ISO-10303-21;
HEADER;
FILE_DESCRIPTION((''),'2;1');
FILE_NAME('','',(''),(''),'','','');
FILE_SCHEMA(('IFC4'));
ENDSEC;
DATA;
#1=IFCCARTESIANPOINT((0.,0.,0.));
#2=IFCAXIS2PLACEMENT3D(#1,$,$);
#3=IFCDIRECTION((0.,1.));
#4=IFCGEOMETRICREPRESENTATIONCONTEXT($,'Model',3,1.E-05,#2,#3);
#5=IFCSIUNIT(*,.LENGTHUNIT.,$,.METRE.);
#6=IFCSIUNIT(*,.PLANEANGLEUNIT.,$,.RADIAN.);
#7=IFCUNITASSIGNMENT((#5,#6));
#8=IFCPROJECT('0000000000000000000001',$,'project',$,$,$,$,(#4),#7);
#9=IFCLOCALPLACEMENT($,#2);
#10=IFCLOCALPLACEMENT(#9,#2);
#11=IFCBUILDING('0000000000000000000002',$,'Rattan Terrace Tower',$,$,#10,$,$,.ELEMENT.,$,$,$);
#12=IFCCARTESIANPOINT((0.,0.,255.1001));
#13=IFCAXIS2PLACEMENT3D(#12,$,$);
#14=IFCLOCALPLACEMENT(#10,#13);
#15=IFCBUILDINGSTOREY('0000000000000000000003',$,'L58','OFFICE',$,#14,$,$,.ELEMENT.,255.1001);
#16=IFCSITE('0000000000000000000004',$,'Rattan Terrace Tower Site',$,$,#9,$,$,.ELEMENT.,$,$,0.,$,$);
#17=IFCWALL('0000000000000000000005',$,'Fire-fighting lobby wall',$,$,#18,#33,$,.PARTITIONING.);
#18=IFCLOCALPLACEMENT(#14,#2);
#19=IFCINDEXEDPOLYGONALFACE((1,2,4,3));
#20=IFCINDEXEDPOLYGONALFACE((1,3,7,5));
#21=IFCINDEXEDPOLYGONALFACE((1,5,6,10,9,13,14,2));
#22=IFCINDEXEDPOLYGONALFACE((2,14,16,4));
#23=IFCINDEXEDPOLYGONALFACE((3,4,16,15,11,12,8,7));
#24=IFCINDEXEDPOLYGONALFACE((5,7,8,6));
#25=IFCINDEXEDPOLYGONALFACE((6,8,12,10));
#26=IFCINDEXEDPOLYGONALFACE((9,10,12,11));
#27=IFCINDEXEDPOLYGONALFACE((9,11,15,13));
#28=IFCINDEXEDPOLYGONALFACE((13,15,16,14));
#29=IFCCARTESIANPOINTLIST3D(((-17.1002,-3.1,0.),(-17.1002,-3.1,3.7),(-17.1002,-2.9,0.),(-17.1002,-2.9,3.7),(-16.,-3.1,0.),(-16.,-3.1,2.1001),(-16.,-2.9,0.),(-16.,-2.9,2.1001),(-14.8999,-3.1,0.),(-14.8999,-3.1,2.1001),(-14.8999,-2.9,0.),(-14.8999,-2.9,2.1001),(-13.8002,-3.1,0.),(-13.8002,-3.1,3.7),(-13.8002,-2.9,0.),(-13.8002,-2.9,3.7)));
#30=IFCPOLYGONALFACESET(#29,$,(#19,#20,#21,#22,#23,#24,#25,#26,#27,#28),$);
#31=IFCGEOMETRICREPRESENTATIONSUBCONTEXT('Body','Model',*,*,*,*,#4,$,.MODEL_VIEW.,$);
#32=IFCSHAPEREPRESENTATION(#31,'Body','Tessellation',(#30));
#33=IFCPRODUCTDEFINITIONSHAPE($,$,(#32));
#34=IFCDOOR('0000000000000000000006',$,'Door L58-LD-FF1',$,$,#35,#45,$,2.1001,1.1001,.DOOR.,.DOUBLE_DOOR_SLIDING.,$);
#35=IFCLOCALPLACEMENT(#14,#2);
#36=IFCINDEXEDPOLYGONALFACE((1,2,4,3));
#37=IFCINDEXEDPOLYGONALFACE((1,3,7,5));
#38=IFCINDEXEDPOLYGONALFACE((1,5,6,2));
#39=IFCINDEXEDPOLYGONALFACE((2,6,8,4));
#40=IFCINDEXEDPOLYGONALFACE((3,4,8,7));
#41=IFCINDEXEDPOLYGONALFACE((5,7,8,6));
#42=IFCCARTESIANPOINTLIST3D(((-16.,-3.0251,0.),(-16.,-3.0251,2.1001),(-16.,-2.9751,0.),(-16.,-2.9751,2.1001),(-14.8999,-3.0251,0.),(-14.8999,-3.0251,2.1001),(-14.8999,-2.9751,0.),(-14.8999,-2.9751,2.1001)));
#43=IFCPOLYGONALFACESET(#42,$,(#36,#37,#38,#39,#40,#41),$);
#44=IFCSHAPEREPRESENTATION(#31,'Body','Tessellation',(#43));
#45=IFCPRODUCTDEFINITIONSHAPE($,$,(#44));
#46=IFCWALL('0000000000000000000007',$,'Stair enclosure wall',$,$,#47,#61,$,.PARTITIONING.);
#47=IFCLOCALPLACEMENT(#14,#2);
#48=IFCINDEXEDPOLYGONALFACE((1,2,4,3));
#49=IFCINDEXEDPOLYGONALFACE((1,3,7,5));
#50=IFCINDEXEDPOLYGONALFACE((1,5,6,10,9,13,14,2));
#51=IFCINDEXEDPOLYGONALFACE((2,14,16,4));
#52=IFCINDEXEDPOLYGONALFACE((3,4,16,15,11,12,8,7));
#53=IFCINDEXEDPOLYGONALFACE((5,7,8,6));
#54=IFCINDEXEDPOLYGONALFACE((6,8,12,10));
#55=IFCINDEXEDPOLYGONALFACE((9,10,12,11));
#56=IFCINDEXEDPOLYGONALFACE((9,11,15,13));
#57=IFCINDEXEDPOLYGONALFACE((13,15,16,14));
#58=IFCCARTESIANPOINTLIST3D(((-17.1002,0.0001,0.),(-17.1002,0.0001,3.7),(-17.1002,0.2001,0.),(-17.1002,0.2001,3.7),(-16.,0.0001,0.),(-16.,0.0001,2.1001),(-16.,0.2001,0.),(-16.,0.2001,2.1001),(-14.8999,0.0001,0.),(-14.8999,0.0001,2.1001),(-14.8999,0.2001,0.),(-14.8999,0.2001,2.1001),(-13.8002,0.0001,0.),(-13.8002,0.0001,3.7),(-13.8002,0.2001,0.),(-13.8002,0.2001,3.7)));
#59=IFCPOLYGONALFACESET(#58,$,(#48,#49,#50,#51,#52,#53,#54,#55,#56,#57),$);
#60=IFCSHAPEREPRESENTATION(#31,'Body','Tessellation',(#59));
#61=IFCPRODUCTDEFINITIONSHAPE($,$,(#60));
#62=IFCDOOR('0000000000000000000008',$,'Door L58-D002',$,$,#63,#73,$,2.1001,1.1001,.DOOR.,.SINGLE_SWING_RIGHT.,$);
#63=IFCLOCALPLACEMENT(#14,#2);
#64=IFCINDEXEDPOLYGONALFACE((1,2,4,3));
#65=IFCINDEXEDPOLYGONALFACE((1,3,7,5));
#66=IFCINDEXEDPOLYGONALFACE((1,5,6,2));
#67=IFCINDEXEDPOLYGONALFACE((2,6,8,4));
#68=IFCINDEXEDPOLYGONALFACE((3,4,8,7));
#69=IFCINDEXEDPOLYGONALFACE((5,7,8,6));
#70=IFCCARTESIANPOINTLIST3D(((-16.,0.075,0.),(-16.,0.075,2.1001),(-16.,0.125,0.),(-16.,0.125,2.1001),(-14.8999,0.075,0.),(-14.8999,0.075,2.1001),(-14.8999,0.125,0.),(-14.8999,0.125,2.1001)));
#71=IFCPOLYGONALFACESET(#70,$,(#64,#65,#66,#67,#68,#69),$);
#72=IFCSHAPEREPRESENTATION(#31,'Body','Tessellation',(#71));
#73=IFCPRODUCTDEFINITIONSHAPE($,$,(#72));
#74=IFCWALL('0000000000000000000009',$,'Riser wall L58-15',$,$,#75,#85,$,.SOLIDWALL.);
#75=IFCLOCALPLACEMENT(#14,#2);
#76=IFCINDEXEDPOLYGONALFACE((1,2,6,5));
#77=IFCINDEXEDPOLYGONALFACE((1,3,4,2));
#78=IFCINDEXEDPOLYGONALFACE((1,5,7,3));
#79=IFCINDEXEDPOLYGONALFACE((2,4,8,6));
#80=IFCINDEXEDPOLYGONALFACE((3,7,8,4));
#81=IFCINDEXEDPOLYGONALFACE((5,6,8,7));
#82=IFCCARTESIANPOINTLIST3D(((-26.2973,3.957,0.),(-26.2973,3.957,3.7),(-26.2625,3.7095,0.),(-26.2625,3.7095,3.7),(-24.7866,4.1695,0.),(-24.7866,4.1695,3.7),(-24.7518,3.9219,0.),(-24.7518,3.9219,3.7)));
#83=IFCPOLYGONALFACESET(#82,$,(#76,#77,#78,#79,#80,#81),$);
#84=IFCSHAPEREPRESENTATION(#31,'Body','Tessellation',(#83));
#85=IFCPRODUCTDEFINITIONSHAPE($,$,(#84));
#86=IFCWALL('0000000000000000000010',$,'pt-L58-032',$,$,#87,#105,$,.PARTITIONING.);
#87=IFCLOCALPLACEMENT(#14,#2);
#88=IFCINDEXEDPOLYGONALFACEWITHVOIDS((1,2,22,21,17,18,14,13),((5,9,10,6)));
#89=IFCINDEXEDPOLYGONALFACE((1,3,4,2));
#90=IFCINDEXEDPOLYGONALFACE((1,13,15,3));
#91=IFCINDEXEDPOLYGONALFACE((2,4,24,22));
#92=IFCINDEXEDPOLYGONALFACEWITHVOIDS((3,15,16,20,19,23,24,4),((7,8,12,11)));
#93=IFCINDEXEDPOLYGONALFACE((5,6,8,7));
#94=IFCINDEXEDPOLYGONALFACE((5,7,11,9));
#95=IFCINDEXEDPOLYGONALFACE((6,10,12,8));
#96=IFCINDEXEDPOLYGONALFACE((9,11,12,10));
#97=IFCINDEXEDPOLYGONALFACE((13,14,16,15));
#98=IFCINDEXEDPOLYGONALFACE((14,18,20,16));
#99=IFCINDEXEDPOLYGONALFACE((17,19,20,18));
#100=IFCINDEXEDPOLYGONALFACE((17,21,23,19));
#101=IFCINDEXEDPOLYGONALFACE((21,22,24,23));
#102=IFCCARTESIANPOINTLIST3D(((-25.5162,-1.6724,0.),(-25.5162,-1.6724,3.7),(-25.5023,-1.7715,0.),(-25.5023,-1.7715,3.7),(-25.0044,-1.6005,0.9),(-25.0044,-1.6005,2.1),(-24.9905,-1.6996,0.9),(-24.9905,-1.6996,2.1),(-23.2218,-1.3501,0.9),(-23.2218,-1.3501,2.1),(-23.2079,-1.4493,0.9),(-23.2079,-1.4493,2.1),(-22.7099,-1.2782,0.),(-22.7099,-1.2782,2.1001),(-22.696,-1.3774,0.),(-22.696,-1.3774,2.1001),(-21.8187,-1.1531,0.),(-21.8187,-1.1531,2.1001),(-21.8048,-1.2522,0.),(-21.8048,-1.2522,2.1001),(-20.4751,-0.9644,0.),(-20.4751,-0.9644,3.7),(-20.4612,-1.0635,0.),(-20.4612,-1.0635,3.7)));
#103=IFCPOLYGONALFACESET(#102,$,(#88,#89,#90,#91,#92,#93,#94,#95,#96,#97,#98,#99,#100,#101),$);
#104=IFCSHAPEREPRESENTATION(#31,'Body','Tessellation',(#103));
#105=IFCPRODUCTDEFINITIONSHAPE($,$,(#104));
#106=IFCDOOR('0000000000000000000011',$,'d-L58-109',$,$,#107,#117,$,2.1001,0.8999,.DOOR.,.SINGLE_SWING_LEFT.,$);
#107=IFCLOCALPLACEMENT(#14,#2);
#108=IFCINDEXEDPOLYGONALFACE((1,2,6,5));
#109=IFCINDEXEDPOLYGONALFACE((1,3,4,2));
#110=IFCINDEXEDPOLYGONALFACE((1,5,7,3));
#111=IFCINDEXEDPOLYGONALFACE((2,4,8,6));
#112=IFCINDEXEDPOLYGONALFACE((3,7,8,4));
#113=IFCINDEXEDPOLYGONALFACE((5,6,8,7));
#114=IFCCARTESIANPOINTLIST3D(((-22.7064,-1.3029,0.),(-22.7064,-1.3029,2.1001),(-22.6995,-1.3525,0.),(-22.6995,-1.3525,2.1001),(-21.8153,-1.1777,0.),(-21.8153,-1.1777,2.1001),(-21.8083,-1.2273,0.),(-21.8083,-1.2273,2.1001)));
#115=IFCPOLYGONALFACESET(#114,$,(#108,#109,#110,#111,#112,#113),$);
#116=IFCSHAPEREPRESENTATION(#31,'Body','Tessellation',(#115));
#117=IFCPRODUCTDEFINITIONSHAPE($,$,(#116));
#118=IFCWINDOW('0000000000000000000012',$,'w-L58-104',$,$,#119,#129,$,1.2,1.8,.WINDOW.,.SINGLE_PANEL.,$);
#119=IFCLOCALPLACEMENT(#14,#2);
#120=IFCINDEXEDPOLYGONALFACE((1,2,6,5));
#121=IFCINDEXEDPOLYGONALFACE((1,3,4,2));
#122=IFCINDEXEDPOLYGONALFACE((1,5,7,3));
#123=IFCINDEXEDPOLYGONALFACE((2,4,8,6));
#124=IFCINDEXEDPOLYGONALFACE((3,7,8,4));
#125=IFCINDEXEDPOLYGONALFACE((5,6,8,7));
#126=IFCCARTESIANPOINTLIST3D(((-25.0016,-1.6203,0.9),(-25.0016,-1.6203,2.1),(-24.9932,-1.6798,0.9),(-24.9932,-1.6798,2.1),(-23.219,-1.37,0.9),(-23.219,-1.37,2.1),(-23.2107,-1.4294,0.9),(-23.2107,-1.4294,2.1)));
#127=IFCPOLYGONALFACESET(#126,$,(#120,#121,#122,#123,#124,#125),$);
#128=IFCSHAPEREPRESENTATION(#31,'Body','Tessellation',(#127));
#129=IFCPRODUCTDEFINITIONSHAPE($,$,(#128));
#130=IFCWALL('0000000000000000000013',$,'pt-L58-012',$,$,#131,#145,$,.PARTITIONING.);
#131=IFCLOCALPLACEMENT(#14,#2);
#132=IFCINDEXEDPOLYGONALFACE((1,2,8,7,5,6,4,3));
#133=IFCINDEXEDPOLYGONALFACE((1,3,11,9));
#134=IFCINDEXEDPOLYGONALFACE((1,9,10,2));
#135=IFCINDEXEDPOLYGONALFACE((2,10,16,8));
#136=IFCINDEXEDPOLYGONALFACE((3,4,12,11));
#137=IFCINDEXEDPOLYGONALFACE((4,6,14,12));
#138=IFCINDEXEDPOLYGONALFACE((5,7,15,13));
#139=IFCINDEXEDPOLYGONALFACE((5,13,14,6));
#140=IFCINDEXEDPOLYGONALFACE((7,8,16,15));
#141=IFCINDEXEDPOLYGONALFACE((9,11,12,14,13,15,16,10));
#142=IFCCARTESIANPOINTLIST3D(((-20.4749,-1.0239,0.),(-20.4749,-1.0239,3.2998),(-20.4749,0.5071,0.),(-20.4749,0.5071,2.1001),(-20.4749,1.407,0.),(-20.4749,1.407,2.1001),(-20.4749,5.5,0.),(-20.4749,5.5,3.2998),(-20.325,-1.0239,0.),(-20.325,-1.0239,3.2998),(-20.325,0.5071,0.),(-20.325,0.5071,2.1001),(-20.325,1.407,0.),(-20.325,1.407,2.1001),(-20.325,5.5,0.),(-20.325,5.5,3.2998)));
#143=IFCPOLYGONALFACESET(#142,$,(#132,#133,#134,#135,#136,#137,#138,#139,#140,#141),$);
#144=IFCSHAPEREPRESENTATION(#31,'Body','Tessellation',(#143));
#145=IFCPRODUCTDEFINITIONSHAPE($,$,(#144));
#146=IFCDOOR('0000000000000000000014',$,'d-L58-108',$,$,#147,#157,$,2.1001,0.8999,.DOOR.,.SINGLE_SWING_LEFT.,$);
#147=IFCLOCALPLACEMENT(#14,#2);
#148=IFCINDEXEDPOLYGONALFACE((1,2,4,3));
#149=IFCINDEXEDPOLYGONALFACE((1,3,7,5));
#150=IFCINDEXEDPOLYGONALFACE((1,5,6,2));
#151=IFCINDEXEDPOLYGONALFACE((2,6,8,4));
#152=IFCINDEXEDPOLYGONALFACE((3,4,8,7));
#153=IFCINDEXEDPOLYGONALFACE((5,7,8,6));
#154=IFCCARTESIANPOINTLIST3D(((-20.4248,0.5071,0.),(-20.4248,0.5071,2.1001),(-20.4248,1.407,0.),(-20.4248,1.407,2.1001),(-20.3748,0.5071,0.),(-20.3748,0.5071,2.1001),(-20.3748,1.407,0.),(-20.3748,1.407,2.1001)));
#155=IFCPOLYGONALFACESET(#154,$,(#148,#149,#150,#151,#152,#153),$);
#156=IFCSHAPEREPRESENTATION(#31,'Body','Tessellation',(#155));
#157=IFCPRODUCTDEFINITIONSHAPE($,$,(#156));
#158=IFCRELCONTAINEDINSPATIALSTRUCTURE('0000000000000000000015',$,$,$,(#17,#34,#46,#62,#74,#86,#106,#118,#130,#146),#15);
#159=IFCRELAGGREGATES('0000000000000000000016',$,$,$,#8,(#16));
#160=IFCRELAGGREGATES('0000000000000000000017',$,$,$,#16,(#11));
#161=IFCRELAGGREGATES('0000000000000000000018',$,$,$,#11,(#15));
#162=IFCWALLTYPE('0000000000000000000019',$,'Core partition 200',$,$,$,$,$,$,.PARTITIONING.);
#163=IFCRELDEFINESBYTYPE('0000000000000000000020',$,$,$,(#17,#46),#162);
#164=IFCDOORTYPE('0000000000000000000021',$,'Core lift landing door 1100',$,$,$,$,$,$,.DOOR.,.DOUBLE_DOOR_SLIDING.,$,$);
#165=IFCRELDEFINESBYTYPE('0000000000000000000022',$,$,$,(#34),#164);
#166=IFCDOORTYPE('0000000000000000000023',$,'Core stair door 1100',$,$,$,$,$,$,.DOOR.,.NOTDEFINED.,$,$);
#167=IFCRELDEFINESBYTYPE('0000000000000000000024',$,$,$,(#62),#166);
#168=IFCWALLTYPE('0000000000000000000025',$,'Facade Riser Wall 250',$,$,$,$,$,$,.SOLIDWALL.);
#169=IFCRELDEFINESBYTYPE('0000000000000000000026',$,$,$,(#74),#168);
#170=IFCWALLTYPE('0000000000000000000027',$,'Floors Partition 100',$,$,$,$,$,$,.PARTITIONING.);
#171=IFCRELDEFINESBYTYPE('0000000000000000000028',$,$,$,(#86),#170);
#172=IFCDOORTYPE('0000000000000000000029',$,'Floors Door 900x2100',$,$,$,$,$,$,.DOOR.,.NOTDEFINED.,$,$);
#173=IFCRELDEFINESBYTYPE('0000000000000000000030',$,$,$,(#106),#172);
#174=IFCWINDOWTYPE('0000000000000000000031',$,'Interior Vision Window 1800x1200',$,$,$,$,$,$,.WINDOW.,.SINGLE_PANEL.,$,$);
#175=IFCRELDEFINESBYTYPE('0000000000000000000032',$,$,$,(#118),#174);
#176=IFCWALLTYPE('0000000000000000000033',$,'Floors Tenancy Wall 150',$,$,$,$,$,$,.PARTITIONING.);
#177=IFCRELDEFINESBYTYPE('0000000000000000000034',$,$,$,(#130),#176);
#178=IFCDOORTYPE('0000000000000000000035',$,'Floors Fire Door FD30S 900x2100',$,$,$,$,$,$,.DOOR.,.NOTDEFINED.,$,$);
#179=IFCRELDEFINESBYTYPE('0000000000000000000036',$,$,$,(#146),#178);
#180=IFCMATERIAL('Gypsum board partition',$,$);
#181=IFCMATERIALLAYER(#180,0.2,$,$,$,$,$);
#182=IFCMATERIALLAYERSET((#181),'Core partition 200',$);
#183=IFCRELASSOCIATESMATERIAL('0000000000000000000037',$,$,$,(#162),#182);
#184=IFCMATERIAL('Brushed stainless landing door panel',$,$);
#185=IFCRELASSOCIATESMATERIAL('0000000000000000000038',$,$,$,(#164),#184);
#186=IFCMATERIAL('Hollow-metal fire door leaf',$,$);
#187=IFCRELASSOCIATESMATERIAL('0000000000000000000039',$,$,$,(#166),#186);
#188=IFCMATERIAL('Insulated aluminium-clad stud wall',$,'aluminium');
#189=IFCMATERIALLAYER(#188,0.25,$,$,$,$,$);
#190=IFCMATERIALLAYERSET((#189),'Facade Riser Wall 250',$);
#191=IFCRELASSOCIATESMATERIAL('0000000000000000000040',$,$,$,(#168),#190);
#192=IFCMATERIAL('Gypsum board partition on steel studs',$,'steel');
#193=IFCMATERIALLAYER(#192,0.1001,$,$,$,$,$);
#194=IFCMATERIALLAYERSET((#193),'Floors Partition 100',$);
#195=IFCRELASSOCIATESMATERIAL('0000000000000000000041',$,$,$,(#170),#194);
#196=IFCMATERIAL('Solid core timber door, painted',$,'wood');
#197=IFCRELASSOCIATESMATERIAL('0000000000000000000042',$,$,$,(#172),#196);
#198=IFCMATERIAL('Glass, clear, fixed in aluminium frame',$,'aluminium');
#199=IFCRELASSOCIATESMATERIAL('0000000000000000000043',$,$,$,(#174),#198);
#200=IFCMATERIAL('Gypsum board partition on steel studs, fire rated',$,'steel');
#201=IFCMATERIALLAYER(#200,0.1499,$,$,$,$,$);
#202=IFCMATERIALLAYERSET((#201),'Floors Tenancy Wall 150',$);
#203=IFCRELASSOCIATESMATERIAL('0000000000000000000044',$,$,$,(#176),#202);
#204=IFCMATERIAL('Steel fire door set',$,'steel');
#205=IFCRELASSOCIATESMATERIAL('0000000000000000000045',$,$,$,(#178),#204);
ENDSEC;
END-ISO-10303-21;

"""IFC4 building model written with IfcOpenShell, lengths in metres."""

from ifc_helpers import new_model, si_unit, direction, frame, frame_2d, origin, place, context, subcontext, project, spatial, rectangle, extrude, material, layer, layer_set, type_object, element, fill, save


model = new_model("IFC4")

# Units and contexts
model_context = context("Model", 3, precision=1e-05, world=origin(), true_north=direction((0.0, 1.0)))
body_context = subcontext(model_context, "Body", "Model", "MODEL_VIEW")
ifc_project = project(units=[si_unit("LENGTHUNIT", "METRE"), si_unit("PLANEANGLEUNIT", "RADIAN")], contexts=[model_context])

# Site, building, storey
site_placement = place(None, origin())
site = spatial("IfcSite", under=ifc_project, at=site_placement, Name="Rattan Terrace Tower Site", CompositionType="ELEMENT", RefElevation=0.0)
building_placement = place(site_placement, origin())
building = spatial("IfcBuilding", under=site, at=building_placement, Name="Rattan Terrace Tower", CompositionType="ELEMENT")
storey_placement = place(building_placement, frame((0.0, 0.0, 255.1001)))
storey = spatial("IfcBuildingStorey", under=building, at=storey_placement, Name="L58", Description="OFFICE", CompositionType="ELEMENT", Elevation=255.1001)

# Walls, openings, doors
ifc_material_1 = material(Name="Gypsum board partition")
ifc_layer_1 = layer(ifc_material_1, 0.2)
ifc_layer_set_1 = layer_set([ifc_layer_1], Name="Core partition 200")
wall_type_1 = type_object("IfcWallType", Name="Core partition 200", PredefinedType="PARTITIONING", material=ifc_layer_set_1)
wall_1_placement = place(storey_placement, frame((-17.1001, -3.0, 0.0), z_axis=(0.0, 0.0, 1.0), x_axis=(1.0, 0.0, 0.0)))
wall_1 = element("IfcWall", 1, at=wall_1_placement, inside=storey, type_object=wall_type_1, Name="Fire-fighting lobby wall", PredefinedType="PARTITIONING", context=body_context, shape_type="SweptSolid", body=[
    extrude(rectangle(XDim=3.3, YDim=0.2, at=frame_2d((1.6499, 0.0))), origin(), (0.0, 0.0, 1.0), 3.7),
])
opening_1_placement = place(wall_1_placement, frame((1.1001, 0.0, 0.0)))
opening_1 = element("IfcOpeningElement", 2, at=opening_1_placement, cuts=wall_1, PredefinedType="OPENING", context=body_context, shape_type="SweptSolid", body=[
    extrude(rectangle(XDim=1.1001, YDim=2.1001, at=frame_2d((0.55, 1.05))), frame((0.0, 0.1106, 0.0), z_axis=(0.0, -1.0, 0.0), x_axis=(1.0, 0.0, 0.0)), (0.0, 0.0, 1.0), 0.2209),
])
ifc_material_2 = material(Name="Brushed stainless landing door panel")
door_type_1 = type_object("IfcDoorType", Name="Core lift landing door 1100", OperationType="DOUBLE_DOOR_SLIDING", PredefinedType="DOOR", material=ifc_material_2)
door_1_placement = place(opening_1_placement, origin())
door_1 = element("IfcDoor", 3, at=door_1_placement, inside=storey, type_object=door_type_1, Name="Door L58-LD-FF1", OperationType="DOUBLE_DOOR_SLIDING", OverallHeight=2.1001, OverallWidth=1.1001, PredefinedType="DOOR", context=body_context, shape_type="SweptSolid", body=[
    extrude(rectangle(XDim=1.1001, YDim=2.1001, at=frame_2d((0.55, 1.05))), frame((0.0, 0.0249, 0.0), z_axis=(0.0, -1.0, 0.0), x_axis=(1.0, 0.0, 0.0)), (0.0, 0.0, 1.0), 0.05),
])
fill(opening_1, door_1)
wall_2_placement = place(storey_placement, frame((-17.1001, 0.1001, 0.0), z_axis=(0.0, 0.0, 1.0), x_axis=(1.0, 0.0, 0.0)))
wall_2 = element("IfcWall", 4, at=wall_2_placement, inside=storey, type_object=wall_type_1, Name="Stair enclosure wall", PredefinedType="PARTITIONING", context=body_context, shape_type="SweptSolid", body=[
    extrude(rectangle(XDim=3.3, YDim=0.2, at=frame_2d((1.6499, 0.0))), origin(), (0.0, 0.0, 1.0), 3.7),
])
opening_2_placement = place(wall_2_placement, frame((1.1001, 0.0, 0.0)))
opening_2 = element("IfcOpeningElement", 5, at=opening_2_placement, cuts=wall_2, PredefinedType="OPENING", context=body_context, shape_type="SweptSolid", body=[
    extrude(rectangle(XDim=1.1001, YDim=2.1001, at=frame_2d((0.55, 1.05))), frame((0.0, 0.1106, 0.0), z_axis=(0.0, -1.0, 0.0), x_axis=(1.0, 0.0, 0.0)), (0.0, 0.0, 1.0), 0.2209),
])
ifc_material_3 = material(Name="Hollow-metal fire door leaf")
door_type_2 = type_object("IfcDoorType", Name="Core stair door 1100", OperationType="NOTDEFINED", PredefinedType="DOOR", material=ifc_material_3)
door_2_placement = place(opening_2_placement, origin())
door_2 = element("IfcDoor", 6, at=door_2_placement, inside=storey, type_object=door_type_2, Name="Door L58-D002", OperationType="SINGLE_SWING_RIGHT", OverallHeight=2.1001, OverallWidth=1.1001, PredefinedType="DOOR", context=body_context, shape_type="SweptSolid", body=[
    extrude(rectangle(XDim=1.1001, YDim=2.1001, at=frame_2d((0.55, 1.05))), frame((0.0, 0.0249, 0.0), z_axis=(0.0, -1.0, 0.0), x_axis=(1.0, 0.0, 0.0)), (0.0, 0.0, 1.0), 0.05),
])
fill(opening_2, door_2)

# Wall
ifc_material_4 = material(Name="Insulated aluminium-clad stud wall", Category="aluminium")
ifc_layer_2 = layer(ifc_material_4, 0.25)
ifc_layer_set_2 = layer_set([ifc_layer_2], Name="Facade Riser Wall 250")
wall_type_2 = type_object("IfcWallType", Name="Facade Riser Wall 250", PredefinedType="SOLIDWALL", material=ifc_layer_set_2)
wall_3_placement = place(storey_placement, frame((-24.7693, 4.0457, 0.0), z_axis=(0.0, 0.0, 1.0), x_axis=(-0.990261, -0.139225, 0.0)))
element("IfcWall", 7, at=wall_3_placement, inside=storey, type_object=wall_type_2, Name="Riser wall L58-15", PredefinedType="SOLIDWALL", context=body_context, shape_type="SweptSolid", body=[
    extrude(rectangle(XDim=1.5256, YDim=0.25, at=frame_2d((0.7627, 0.0))), origin(), (0.0, 0.0, 1.0), 3.7),
])

# Wall, openings, door, window
ifc_material_5 = material(Name="Gypsum board partition on steel studs", Category="steel")
ifc_layer_3 = layer(ifc_material_5, 0.1001)
ifc_layer_set_3 = layer_set([ifc_layer_3], Name="Floors Partition 100")
wall_type_3 = type_object("IfcWallType", Name="Floors Partition 100", PredefinedType="PARTITIONING", material=ifc_layer_set_3)
wall_4_placement = place(storey_placement, frame((-20.468, -1.0139, 0.0), z_axis=(0.0, 0.0, 1.0), x_axis=(-0.990281, -0.139084, 0.0)))
wall_4 = element("IfcWall", 8, at=wall_4_placement, inside=storey, type_object=wall_type_3, Name="pt-L58-032", PredefinedType="PARTITIONING", context=body_context, shape_type="SweptSolid", body=[
    extrude(rectangle(XDim=5.0906, YDim=0.1001, at=frame_2d((2.5454, 0.0))), origin(), (0.0, 0.0, 1.0), 3.7),
])
opening_3_placement = place(wall_4_placement, frame((1.3569, 0.0, 0.0)))
opening_3 = element("IfcOpeningElement", 9, at=opening_3_placement, cuts=wall_4, PredefinedType="OPENING", context=body_context, shape_type="SweptSolid", body=[
    extrude(rectangle(XDim=0.8999, YDim=2.1001, at=frame_2d((0.45, 1.05))), frame((0.0, 0.0605, 0.0), z_axis=(0.0, -1.0, 0.0), x_axis=(1.0, 0.0, 0.0)), (0.0, 0.0, 1.0), 0.1211),
])
opening_4_placement = place(wall_4_placement, frame((2.7739, 0.0, 0.8999)))
opening_4 = element("IfcOpeningElement", 10, at=opening_4_placement, cuts=wall_4, PredefinedType="OPENING", context=body_context, shape_type="SweptSolid", body=[
    extrude(rectangle(XDim=1.8, YDim=1.2, at=frame_2d((0.8999, 0.6001))), frame((0.0, 0.0605, 0.0), z_axis=(0.0, -1.0, 0.0), x_axis=(1.0, 0.0, 0.0)), (0.0, 0.0, 1.0), 0.1211),
])
ifc_material_6 = material(Name="Solid core timber door, painted", Category="wood")
door_type_3 = type_object("IfcDoorType", Name="Floors Door 900x2100", OperationType="NOTDEFINED", PredefinedType="DOOR", material=ifc_material_6)
door_3_placement = place(opening_3_placement, origin())
door_3 = element("IfcDoor", 11, at=door_3_placement, inside=storey, type_object=door_type_3, Name="d-L58-109", OperationType="SINGLE_SWING_LEFT", OverallHeight=2.1001, OverallWidth=0.8999, PredefinedType="DOOR", context=body_context, shape_type="SweptSolid", body=[
    extrude(rectangle(XDim=0.8999, YDim=2.1001, at=frame_2d((0.45, 1.05))), frame((0.0, 0.0249, 0.0), z_axis=(0.0, -1.0, 0.0), x_axis=(1.0, 0.0, 0.0)), (0.0, 0.0, 1.0), 0.05),
])
fill(opening_3, door_3)
ifc_material_7 = material(Name="Glass, clear, fixed in aluminium frame", Category="aluminium")
window_type = type_object("IfcWindowType", Name="Interior Vision Window 1800x1200", PartitioningType="SINGLE_PANEL", PredefinedType="WINDOW", material=ifc_material_7)
window_placement = place(opening_4_placement, origin())
window = element("IfcWindow", 12, at=window_placement, inside=storey, type_object=window_type, Name="w-L58-104", OverallHeight=1.2, OverallWidth=1.8, PartitioningType="SINGLE_PANEL", PredefinedType="WINDOW", context=body_context, shape_type="SweptSolid", body=[
    extrude(rectangle(XDim=1.8, YDim=1.2, at=frame_2d((0.8999, 0.6001))), frame((0.0, 0.03, 0.0), z_axis=(0.0, -1.0, 0.0), x_axis=(1.0, 0.0, 0.0)), (0.0, 0.0, 1.0), 0.0601),
])
fill(opening_4, window)

# Wall, opening, door
ifc_material_8 = material(Name="Gypsum board partition on steel studs, fire rated", Category="steel")
ifc_layer_4 = layer(ifc_material_8, 0.1499)
ifc_layer_set_4 = layer_set([ifc_layer_4], Name="Floors Tenancy Wall 150")
wall_type_4 = type_object("IfcWallType", Name="Floors Tenancy Wall 150", PredefinedType="PARTITIONING", material=ifc_layer_set_4)
wall_5_placement = place(storey_placement, frame((-20.3999, -1.0239, 0.0), z_axis=(0.0, 0.0, 1.0), x_axis=(0.0, 1.0, 0.0)))
wall_5 = element("IfcWall", 13, at=wall_5_placement, inside=storey, type_object=wall_type_4, Name="pt-L58-012", PredefinedType="PARTITIONING", context=body_context, shape_type="SweptSolid", body=[
    extrude(rectangle(XDim=6.5239, YDim=0.1499, at=frame_2d((3.262, 0.0))), origin(), (0.0, 0.0, 1.0), 3.2998),
])
opening_5_placement = place(wall_5_placement, frame((1.531, 0.0, 0.0)))
opening_5 = element("IfcOpeningElement", 14, at=opening_5_placement, cuts=wall_5, PredefinedType="OPENING", context=body_context, shape_type="SweptSolid", body=[
    extrude(rectangle(XDim=0.8999, YDim=2.1001, at=frame_2d((0.45, 1.05))), frame((0.0, 0.0854, 0.0), z_axis=(0.0, -1.0, 0.0), x_axis=(1.0, 0.0, 0.0)), (0.0, 0.0, 1.0), 0.1709),
])
ifc_material_9 = material(Name="Steel fire door set", Category="steel")
door_type_4 = type_object("IfcDoorType", Name="Floors Fire Door FD30S 900x2100", OperationType="NOTDEFINED", PredefinedType="DOOR", material=ifc_material_9)
door_4_placement = place(opening_5_placement, origin())
door_4 = element("IfcDoor", 15, at=door_4_placement, inside=storey, type_object=door_type_4, Name="d-L58-108", OperationType="SINGLE_SWING_LEFT", OverallHeight=2.1001, OverallWidth=0.8999, PredefinedType="DOOR", context=body_context, shape_type="SweptSolid", body=[
    extrude(rectangle(XDim=0.8999, YDim=2.1001, at=frame_2d((0.45, 1.05))), frame((0.0, 0.0249, 0.0), z_axis=(0.0, -1.0, 0.0), x_axis=(1.0, 0.0, 0.0)), (0.0, 0.0, 1.0), 0.05),
])
fill(opening_5, door_4)

save(model, "model.ifc")
